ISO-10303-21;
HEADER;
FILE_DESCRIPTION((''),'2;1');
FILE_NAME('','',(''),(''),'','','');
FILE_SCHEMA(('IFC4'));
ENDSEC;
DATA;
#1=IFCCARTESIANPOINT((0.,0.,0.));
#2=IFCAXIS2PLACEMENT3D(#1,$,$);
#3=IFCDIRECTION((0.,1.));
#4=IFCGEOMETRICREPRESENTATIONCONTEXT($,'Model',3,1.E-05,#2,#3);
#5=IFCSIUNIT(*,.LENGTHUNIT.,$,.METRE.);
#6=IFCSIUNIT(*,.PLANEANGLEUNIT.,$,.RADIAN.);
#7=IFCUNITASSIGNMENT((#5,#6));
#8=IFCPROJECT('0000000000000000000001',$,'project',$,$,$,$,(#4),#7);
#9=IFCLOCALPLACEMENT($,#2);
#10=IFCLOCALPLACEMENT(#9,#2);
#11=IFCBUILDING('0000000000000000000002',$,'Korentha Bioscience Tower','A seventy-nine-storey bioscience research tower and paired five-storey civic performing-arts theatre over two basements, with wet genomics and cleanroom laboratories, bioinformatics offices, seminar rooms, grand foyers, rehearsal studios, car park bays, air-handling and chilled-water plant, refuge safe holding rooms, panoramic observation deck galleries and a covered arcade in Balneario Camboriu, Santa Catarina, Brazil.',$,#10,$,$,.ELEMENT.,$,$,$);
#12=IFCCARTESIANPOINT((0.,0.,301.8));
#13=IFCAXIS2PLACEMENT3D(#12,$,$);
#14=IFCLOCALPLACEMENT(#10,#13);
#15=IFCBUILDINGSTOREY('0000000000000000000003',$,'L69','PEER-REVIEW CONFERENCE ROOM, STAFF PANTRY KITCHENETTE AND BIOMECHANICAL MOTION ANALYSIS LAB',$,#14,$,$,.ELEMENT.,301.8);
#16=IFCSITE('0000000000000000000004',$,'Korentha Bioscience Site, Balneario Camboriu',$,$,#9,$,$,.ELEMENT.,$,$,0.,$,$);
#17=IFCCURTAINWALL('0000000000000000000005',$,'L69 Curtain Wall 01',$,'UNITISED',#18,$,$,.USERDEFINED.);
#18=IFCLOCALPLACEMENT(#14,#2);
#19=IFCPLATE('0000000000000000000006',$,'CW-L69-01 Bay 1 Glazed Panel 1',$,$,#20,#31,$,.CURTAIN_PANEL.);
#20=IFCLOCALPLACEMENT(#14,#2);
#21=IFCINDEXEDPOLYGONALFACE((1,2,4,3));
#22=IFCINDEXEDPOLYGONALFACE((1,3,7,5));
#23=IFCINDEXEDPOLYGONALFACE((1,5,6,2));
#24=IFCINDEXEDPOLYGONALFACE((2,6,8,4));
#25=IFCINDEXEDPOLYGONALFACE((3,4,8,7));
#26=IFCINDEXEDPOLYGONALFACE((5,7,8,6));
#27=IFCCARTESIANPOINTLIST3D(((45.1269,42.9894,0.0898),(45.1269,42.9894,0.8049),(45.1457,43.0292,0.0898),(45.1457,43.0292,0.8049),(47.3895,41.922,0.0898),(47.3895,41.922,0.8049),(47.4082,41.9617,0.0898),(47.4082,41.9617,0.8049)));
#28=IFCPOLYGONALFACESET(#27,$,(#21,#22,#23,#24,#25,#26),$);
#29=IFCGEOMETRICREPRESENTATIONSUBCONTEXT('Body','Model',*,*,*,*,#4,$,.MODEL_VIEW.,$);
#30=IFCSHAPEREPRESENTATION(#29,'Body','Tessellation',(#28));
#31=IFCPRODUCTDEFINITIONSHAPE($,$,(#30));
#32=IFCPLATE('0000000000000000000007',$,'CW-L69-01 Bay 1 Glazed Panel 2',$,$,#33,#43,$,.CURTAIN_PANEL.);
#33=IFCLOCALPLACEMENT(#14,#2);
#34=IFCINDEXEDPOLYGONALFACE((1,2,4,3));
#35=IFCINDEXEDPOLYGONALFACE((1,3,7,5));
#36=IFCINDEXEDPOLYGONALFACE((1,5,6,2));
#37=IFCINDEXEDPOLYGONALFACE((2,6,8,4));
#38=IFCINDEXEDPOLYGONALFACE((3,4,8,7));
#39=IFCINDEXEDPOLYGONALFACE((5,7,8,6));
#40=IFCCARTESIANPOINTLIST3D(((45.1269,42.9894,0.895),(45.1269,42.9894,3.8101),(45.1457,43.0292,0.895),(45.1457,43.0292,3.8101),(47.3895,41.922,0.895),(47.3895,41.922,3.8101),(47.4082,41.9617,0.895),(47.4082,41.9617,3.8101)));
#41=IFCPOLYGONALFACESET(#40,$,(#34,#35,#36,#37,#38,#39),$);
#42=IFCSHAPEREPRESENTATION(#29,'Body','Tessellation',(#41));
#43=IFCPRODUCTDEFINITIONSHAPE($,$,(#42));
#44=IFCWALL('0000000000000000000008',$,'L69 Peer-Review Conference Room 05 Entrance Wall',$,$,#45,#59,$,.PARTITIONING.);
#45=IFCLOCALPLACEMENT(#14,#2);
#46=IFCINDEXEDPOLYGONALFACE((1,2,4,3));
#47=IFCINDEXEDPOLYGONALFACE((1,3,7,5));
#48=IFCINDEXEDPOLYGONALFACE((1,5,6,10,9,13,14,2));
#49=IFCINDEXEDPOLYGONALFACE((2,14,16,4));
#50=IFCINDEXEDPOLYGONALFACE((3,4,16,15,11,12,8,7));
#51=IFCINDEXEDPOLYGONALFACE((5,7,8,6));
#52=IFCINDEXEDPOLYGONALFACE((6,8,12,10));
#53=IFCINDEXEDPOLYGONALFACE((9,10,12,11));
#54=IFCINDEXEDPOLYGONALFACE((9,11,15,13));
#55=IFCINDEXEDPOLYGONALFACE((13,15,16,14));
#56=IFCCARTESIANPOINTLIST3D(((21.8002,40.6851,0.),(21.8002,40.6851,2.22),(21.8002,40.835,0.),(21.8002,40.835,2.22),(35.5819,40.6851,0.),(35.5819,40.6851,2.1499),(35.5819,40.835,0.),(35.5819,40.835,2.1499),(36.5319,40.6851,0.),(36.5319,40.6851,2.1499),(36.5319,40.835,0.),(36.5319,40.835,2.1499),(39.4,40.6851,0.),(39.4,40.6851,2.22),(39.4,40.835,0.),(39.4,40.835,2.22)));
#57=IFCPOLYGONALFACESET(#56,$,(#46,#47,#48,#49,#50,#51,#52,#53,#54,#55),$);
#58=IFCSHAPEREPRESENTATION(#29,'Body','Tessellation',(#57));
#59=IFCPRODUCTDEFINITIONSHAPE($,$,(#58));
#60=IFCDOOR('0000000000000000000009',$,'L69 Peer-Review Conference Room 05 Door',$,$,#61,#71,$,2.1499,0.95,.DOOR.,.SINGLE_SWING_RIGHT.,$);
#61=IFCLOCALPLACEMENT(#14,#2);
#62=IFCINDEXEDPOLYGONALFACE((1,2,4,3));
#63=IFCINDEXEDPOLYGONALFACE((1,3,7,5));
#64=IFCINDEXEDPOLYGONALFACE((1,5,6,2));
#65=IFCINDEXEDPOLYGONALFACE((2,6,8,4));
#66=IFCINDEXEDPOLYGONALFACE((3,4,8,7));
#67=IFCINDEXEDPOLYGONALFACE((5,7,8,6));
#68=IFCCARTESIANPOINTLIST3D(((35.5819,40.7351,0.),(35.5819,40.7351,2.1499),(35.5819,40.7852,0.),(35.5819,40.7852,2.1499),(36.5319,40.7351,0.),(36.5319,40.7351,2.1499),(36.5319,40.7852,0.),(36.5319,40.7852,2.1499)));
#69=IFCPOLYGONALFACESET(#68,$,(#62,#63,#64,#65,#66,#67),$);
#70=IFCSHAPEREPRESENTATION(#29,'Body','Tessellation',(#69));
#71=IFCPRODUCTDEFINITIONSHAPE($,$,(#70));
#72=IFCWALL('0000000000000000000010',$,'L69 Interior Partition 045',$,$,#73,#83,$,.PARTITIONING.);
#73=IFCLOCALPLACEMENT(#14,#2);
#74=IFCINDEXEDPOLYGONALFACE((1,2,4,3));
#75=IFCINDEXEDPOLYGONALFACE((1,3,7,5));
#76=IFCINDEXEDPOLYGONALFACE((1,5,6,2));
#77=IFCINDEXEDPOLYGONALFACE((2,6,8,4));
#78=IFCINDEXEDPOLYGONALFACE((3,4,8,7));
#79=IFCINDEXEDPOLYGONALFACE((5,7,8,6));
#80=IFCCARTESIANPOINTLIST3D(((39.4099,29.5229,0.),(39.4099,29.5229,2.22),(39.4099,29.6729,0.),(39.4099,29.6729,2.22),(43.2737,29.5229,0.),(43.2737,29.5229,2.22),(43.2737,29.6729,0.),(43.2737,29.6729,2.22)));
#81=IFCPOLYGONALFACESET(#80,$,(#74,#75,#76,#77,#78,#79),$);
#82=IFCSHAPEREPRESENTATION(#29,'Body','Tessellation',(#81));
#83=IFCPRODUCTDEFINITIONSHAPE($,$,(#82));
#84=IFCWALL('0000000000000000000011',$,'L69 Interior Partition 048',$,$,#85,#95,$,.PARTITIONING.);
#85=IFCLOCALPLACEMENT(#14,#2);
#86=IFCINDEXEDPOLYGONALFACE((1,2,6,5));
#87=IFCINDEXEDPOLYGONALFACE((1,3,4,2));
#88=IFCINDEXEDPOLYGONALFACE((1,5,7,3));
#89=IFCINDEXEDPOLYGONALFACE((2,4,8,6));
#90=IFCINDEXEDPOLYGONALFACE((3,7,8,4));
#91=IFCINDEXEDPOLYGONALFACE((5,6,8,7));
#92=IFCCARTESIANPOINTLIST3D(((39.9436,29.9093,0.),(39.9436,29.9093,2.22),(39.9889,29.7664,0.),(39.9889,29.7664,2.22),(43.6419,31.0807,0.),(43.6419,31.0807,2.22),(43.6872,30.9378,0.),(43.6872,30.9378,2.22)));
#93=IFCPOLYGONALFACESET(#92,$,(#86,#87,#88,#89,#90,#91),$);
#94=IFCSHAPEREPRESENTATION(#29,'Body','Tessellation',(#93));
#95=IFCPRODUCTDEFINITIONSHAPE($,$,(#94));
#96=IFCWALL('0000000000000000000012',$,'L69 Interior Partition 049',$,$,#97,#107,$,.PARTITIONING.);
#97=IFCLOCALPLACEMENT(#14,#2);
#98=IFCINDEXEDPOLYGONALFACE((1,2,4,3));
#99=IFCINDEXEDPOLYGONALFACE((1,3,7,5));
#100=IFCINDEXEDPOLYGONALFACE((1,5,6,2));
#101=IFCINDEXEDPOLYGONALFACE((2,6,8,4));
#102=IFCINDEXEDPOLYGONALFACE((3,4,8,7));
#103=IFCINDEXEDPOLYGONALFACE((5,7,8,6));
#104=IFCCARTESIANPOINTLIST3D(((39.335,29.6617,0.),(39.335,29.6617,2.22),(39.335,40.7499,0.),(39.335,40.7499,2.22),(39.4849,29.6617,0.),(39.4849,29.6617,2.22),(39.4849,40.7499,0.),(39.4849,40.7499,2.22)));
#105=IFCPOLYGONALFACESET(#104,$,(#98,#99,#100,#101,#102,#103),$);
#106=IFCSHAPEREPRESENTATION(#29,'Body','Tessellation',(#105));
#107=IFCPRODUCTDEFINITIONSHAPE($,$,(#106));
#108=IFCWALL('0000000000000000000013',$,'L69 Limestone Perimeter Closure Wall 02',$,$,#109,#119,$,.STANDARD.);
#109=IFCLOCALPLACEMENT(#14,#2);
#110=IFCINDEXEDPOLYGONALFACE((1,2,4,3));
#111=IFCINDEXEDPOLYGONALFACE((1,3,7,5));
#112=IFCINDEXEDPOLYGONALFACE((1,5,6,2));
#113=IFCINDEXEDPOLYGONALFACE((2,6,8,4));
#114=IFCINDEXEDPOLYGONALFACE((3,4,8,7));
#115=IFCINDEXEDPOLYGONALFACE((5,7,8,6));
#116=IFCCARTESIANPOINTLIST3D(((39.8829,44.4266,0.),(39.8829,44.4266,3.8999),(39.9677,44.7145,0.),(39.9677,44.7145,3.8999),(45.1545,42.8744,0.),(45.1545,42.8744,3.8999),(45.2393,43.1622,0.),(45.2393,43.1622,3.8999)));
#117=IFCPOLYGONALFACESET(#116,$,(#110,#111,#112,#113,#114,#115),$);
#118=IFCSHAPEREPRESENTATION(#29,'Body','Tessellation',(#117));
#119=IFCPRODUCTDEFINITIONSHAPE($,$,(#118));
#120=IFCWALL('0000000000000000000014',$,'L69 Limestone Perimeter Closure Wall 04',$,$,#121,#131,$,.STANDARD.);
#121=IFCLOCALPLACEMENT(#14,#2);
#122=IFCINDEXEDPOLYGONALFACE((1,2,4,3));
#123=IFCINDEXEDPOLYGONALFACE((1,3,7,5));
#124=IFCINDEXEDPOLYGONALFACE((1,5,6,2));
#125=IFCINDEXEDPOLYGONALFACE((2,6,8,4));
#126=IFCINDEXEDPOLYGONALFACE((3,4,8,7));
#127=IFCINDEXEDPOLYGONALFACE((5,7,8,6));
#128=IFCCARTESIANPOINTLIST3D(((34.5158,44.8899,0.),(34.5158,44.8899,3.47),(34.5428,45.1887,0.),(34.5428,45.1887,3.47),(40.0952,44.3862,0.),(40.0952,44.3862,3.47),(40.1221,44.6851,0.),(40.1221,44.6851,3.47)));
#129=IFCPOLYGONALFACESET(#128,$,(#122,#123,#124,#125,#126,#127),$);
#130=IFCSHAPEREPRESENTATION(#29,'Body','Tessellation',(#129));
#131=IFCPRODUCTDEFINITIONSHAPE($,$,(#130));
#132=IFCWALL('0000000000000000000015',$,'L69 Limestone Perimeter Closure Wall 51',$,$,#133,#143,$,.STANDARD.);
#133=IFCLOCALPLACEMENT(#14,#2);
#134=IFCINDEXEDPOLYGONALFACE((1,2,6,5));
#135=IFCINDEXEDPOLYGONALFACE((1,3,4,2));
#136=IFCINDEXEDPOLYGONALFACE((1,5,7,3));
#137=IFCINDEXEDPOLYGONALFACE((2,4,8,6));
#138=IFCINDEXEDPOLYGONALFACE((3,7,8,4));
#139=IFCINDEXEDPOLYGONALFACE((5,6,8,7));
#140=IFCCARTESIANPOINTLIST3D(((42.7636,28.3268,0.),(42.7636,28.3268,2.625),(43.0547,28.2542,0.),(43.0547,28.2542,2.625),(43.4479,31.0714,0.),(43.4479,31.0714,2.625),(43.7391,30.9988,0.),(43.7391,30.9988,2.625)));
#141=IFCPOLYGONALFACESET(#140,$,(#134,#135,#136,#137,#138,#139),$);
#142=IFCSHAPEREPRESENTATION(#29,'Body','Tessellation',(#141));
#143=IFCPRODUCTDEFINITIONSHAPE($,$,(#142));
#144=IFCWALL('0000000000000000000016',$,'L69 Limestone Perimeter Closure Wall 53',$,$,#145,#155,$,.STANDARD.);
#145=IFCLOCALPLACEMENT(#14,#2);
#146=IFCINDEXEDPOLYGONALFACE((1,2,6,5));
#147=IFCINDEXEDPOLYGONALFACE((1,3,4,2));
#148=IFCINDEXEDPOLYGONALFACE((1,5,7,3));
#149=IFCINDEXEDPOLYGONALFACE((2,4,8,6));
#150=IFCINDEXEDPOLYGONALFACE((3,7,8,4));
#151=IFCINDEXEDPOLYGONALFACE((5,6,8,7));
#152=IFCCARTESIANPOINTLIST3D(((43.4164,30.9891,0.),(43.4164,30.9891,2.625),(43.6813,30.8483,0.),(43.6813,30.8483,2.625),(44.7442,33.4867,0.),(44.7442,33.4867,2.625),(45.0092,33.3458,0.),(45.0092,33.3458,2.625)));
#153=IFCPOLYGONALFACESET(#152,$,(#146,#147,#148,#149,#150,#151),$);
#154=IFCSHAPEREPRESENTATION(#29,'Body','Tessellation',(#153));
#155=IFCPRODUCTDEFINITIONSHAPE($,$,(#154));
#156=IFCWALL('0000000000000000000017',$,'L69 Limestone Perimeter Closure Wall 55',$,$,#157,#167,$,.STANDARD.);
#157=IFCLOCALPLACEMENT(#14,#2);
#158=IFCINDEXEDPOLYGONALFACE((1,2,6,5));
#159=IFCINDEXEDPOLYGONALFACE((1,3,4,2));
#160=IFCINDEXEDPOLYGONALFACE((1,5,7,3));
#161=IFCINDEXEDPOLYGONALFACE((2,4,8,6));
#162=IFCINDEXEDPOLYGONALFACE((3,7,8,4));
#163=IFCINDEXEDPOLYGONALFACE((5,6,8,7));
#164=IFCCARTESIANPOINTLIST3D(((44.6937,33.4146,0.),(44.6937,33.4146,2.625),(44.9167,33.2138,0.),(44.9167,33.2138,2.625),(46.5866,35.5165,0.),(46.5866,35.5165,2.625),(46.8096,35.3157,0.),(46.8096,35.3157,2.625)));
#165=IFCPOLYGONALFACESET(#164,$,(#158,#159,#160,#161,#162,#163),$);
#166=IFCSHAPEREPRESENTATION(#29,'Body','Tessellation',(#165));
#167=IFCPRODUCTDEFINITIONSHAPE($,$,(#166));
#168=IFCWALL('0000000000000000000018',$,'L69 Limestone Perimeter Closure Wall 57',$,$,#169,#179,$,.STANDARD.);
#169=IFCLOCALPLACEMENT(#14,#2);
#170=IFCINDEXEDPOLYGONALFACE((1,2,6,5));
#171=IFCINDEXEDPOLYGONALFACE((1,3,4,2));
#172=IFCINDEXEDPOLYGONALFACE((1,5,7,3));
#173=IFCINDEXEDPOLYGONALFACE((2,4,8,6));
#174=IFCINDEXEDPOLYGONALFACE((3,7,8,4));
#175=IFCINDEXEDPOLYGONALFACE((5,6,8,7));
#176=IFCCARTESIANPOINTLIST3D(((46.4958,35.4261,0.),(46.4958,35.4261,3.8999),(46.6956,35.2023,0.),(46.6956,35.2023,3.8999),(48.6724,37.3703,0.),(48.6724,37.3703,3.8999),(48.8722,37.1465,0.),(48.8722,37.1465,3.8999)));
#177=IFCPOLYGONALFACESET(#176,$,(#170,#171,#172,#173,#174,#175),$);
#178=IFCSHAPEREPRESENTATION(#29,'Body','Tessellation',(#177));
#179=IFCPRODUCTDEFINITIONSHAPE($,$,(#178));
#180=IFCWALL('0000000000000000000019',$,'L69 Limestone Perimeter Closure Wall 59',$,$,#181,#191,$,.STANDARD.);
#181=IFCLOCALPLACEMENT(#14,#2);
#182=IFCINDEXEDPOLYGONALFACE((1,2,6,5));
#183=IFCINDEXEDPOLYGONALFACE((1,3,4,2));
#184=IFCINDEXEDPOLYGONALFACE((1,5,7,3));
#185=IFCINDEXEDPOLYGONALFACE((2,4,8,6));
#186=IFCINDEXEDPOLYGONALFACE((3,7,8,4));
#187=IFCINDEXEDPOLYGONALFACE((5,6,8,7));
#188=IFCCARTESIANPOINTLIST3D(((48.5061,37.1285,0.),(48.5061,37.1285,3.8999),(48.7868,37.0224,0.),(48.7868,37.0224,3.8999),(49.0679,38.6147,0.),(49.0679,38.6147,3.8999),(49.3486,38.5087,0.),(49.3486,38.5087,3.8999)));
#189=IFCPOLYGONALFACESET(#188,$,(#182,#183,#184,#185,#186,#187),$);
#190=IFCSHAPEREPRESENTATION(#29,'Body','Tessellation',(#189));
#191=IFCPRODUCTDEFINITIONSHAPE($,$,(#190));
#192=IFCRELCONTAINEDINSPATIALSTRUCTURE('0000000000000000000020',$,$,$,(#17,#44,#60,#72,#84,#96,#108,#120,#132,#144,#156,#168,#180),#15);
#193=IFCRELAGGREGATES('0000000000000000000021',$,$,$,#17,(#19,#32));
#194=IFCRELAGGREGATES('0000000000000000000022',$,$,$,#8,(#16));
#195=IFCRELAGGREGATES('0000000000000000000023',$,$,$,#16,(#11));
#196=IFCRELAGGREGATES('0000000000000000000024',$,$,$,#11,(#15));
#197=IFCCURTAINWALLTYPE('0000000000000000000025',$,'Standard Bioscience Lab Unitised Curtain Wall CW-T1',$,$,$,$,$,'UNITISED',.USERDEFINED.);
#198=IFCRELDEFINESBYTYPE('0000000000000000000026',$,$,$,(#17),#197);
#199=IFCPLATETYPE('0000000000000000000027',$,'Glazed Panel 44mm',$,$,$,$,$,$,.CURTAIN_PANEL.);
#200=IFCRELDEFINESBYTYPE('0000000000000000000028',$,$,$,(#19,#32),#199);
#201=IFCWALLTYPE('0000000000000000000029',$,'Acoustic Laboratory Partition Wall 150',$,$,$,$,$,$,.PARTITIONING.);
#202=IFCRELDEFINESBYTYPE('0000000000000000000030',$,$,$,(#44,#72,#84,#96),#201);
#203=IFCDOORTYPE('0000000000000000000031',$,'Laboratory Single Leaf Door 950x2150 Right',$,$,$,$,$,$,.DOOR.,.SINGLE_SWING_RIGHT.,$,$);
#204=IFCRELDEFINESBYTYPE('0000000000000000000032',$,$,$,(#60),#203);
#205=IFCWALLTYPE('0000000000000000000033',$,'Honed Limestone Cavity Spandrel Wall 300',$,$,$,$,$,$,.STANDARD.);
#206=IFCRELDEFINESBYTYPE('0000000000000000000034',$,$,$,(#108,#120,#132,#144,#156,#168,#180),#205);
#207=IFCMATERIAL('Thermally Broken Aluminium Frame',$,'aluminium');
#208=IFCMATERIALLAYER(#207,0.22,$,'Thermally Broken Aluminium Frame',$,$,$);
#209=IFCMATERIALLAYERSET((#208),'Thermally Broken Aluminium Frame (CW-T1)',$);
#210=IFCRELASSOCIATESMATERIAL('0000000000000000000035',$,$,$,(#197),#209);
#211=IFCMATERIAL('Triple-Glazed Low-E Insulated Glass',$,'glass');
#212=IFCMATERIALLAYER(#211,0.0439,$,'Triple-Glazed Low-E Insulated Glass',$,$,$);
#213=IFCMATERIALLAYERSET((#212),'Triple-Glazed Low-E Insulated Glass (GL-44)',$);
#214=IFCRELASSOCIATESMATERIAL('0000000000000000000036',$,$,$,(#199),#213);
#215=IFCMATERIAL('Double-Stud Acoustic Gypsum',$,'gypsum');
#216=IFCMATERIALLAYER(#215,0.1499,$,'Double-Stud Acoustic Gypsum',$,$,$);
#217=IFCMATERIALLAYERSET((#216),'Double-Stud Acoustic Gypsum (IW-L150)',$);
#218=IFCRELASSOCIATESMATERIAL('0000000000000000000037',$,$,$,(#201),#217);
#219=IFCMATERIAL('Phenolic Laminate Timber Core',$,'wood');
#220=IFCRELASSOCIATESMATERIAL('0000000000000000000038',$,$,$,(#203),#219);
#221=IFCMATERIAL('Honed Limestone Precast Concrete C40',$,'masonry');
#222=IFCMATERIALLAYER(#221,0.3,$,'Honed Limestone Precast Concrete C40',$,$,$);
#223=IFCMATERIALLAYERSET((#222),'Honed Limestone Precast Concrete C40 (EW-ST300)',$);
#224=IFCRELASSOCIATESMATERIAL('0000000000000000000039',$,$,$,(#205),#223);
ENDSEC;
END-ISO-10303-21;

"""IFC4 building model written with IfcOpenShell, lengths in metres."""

from ifc_helpers import new_model, si_unit, direction, frame, frame_2d, origin, origin_2d, place, context, subcontext, project, spatial, rectangle, extrude, material, layer, layer_set, type_object, element, fill, aggregate, save


model = new_model("IFC4")

# Units and contexts
model_context = context("Model", 3, precision=1e-05, world=origin(), true_north=direction((0.0, 1.0)))
body_context = subcontext(model_context, "Body", "Model", "MODEL_VIEW")
ifc_project = project(units=[si_unit("LENGTHUNIT", "METRE"), si_unit("PLANEANGLEUNIT", "RADIAN")], contexts=[model_context])

# Site, building, storey
site_placement = place(None, origin())
site = spatial("IfcSite", under=ifc_project, at=site_placement, Name="Korentha Bioscience Site, Balneario Camboriu", CompositionType="ELEMENT", RefElevation=0.0)
building_placement = place(site_placement, origin())
building = spatial("IfcBuilding", under=site, at=building_placement, Name="Korentha Bioscience Tower", Description="A seventy-nine-storey bioscience research tower and paired five-storey civic performing-arts theatre over two basements, with wet genomics and cleanroom laboratories, bioinformatics offices, seminar rooms, grand foyers, rehearsal studios, car park bays, air-handling and chilled-water plant, refuge safe holding rooms, panoramic observation deck galleries and a covered arcade in Balneario Camboriu, Santa Catarina, Brazil.", CompositionType="ELEMENT")
storey_placement = place(building_placement, frame((0.0, 0.0, 301.8)))
storey = spatial("IfcBuildingStorey", under=building, at=storey_placement, Name="L69", Description="PEER-REVIEW CONFERENCE ROOM, STAFF PANTRY KITCHENETTE AND BIOMECHANICAL MOTION ANALYSIS LAB", CompositionType="ELEMENT", Elevation=301.8)

# Curtain wall
ifc_material_1 = material(Name="Thermally Broken Aluminium Frame", Category="aluminium")
ifc_layer_1 = layer(ifc_material_1, 0.22, Name="Thermally Broken Aluminium Frame")
ifc_layer_set_1 = layer_set([ifc_layer_1], Name="Thermally Broken Aluminium Frame (CW-T1)")
curtain_wall_type = type_object("IfcCurtainWallType", Name="Standard Bioscience Lab Unitised Curtain Wall CW-T1", ElementType="UNITISED", PredefinedType="USERDEFINED", material=ifc_layer_set_1)
curtain_wall_placement = place(storey_placement, origin())
curtain_wall = element("IfcCurtainWall", 1, at=curtain_wall_placement, inside=storey, type_object=curtain_wall_type, Name="L69 Curtain Wall 01", ObjectType="UNITISED", PredefinedType="USERDEFINED")

# Plates
ifc_material_2 = material(Name="Triple-Glazed Low-E Insulated Glass", Category="glass")
ifc_layer_2 = layer(ifc_material_2, 0.0439, Name="Triple-Glazed Low-E Insulated Glass")
ifc_layer_set_2 = layer_set([ifc_layer_2], Name="Triple-Glazed Low-E Insulated Glass (GL-44)")
plate_type = type_object("IfcPlateType", Name="Glazed Panel 44mm", PredefinedType="CURTAIN_PANEL", material=ifc_layer_set_2)
plate_1_placement = place(storey_placement, frame((46.2676, 42.4756, 0.0898), z_axis=(0.0, 0.0, 1.0), x_axis=(-0.904397, 0.426691, 0.0)))
plate_1 = element("IfcPlate", 2, at=plate_1_placement, type_object=plate_type, Name="CW-L69-01 Bay 1 Glazed Panel 1", PredefinedType="CURTAIN_PANEL", context=body_context, shape_type="SweptSolid", body=[
    extrude(rectangle(XDim=2.5017, YDim=0.0439, at=origin_2d()), origin(), (0.0, 0.0, 1.0), 0.7151),
])
plate_2_placement = place(storey_placement, frame((46.2676, 42.4756, 0.895), z_axis=(0.0, 0.0, 1.0), x_axis=(-0.904397, 0.426691, 0.0)))
plate_2 = element("IfcPlate", 3, at=plate_2_placement, type_object=plate_type, Name="CW-L69-01 Bay 1 Glazed Panel 2", PredefinedType="CURTAIN_PANEL", context=body_context, shape_type="SweptSolid", body=[
    extrude(rectangle(XDim=2.5017, YDim=0.0439, at=origin_2d()), origin(), (0.0, 0.0, 1.0), 2.915),
])
aggregate(curtain_wall, [plate_1, plate_2])

# Wall, opening, door
ifc_material_3 = material(Name="Double-Stud Acoustic Gypsum", Category="gypsum")
ifc_layer_3 = layer(ifc_material_3, 0.1499, Name="Double-Stud Acoustic Gypsum")
ifc_layer_set_3 = layer_set([ifc_layer_3], Name="Double-Stud Acoustic Gypsum (IW-L150)")
wall_type_1 = type_object("IfcWallType", Name="Acoustic Laboratory Partition Wall 150", PredefinedType="PARTITIONING", material=ifc_layer_set_3)
wall_1_placement = place(storey_placement, frame((39.3999, 40.76, 0.0), z_axis=(0.0, 0.0, 1.0), x_axis=(-1.0, 0.0, 0.0)))
wall_1 = element("IfcWall", 4, at=wall_1_placement, inside=storey, type_object=wall_type_1, Name="L69 Peer-Review Conference Room 05 Entrance Wall", PredefinedType="PARTITIONING", context=body_context, shape_type="SweptSolid", body=[
    extrude(rectangle(XDim=17.5999, YDim=0.1499, at=frame_2d((8.7998, 0.0))), origin(), (0.0, 0.0, 1.0), 2.22),
])
opening_placement = place(wall_1_placement, frame((2.8679, 0.0, 0.0)))
opening = element("IfcOpeningElement", 5, at=opening_placement, cuts=wall_1, PredefinedType="OPENING", context=body_context, shape_type="SweptSolid", body=[
    extrude(rectangle(XDim=0.95, YDim=2.1499, at=frame_2d((0.4751, 1.075))), frame((0.0, 0.0898, 0.0), z_axis=(0.0, -1.0, 0.0), x_axis=(1.0, 0.0, 0.0)), (0.0, 0.0, 1.0), 0.1797),
])
ifc_material_4 = material(Name="Phenolic Laminate Timber Core", Category="wood")
door_type = type_object("IfcDoorType", Name="Laboratory Single Leaf Door 950x2150 Right", OperationType="SINGLE_SWING_RIGHT", PredefinedType="DOOR", material=ifc_material_4)
door_placement = place(opening_placement, origin())
door = element("IfcDoor", 6, at=door_placement, inside=storey, type_object=door_type, Name="L69 Peer-Review Conference Room 05 Door", OperationType="SINGLE_SWING_RIGHT", OverallHeight=2.1499, OverallWidth=0.95, PredefinedType="DOOR", context=body_context, shape_type="SweptSolid", body=[
    extrude(rectangle(XDim=0.95, YDim=2.1499, at=frame_2d((0.4751, 1.075))), frame((0.0, 0.0249, 0.0), z_axis=(0.0, -1.0, 0.0), x_axis=(1.0, 0.0, 0.0)), (0.0, 0.0, 1.0), 0.05),
])
fill(opening, door)

# Walls
wall_2_placement = place(storey_placement, frame((39.4099, 29.5979, 0.0), z_axis=(0.0, 0.0, 1.0), x_axis=(1.0, 0.0, 0.0)))
element("IfcWall", 7, at=wall_2_placement, inside=storey, type_object=wall_type_1, Name="L69 Interior Partition 045", PredefinedType="PARTITIONING", context=body_context, shape_type="SweptSolid", body=[
    extrude(rectangle(XDim=3.8638, YDim=0.1499, at=frame_2d((1.9319, 0.0))), origin(), (0.0, 0.0, 1.0), 2.22),
])
wall_3_placement = place(storey_placement, frame((43.6646, 31.0093, 0.0), z_axis=(0.0, 0.0, 1.0), x_axis=(-0.953322, -0.301957, 0.0)))
element("IfcWall", 8, at=wall_3_placement, inside=storey, type_object=wall_type_1, Name="L69 Interior Partition 048", PredefinedType="PARTITIONING", context=body_context, shape_type="SweptSolid", body=[
    extrude(rectangle(XDim=3.8794, YDim=0.1499, at=frame_2d((1.9397, 0.0))), origin(), (0.0, 0.0, 1.0), 2.22),
])
wall_4_placement = place(storey_placement, frame((39.4099, 29.6619, 0.0), z_axis=(0.0, 0.0, 1.0), x_axis=(0.0, 1.0, 0.0)))
element("IfcWall", 9, at=wall_4_placement, inside=storey, type_object=wall_type_1, Name="L69 Interior Partition 049", PredefinedType="PARTITIONING", context=body_context, shape_type="SweptSolid", body=[
    extrude(rectangle(XDim=11.0881, YDim=0.1499, at=frame_2d((5.5439, 0.0))), origin(), (0.0, 0.0, 1.0), 2.22),
])
ifc_material_5 = material(Name="Honed Limestone Precast Concrete C40", Category="masonry")
ifc_layer_4 = layer(ifc_material_5, 0.3, Name="Honed Limestone Precast Concrete C40")
ifc_layer_set_4 = layer_set([ifc_layer_4], Name="Honed Limestone Precast Concrete C40 (EW-ST300)")
wall_type_2 = type_object("IfcWallType", Name="Honed Limestone Cavity Spandrel Wall 300", PredefinedType="STANDARD", material=ifc_layer_set_4)
wall_5_placement = place(storey_placement, frame((45.1968, 43.0183, 0.0), z_axis=(0.0, 0.0, 1.0), x_axis=(-0.959276, 0.282469, 0.0)))
element("IfcWall", 10, at=wall_5_placement, inside=storey, type_object=wall_type_2, Name="L69 Limestone Perimeter Closure Wall 02", PredefinedType="STANDARD", context=body_context, shape_type="SweptSolid", body=[
    extrude(rectangle(XDim=5.4954, YDim=0.3, at=frame_2d((2.7476, 0.0))), origin(), (0.0, 0.0, 1.0), 3.8999),
])
wall_6_placement = place(storey_placement, frame((40.1086, 44.5356, 0.0), z_axis=(0.0, 0.0, 1.0), x_axis=(-0.99595, 0.089907, 0.0)))
element("IfcWall", 11, at=wall_6_placement, inside=storey, type_object=wall_type_2, Name="L69 Limestone Perimeter Closure Wall 04", PredefinedType="STANDARD", context=body_context, shape_type="SweptSolid", body=[
    extrude(rectangle(XDim=5.6021, YDim=0.3, at=frame_2d((2.801, 0.0))), origin(), (0.0, 0.0, 1.0), 3.47),
])
for number, where, z_axis, x_axis, name in (
    (12, (42.9092, 28.2905, 0.0), (0.0, 0.0, 1.0), (0.241926, 0.970295, 0.0), "L69 Limestone Perimeter Closure Wall 51"),
    (13, (43.5488, 30.9187, 0.0), (0.0, 0.0, 1.0), (0.469445, 0.882961, 0.0), "L69 Limestone Perimeter Closure Wall 53"),
    (14, (44.8052, 33.3142, 0.0), (0.0, 0.0, 1.0), (0.669198, 0.743084, 0.0), "L69 Limestone Perimeter Closure Wall 55"),
):
    element("IfcWall", number, at=place(storey_placement, frame(where, z_axis=z_axis, x_axis=x_axis)), inside=storey, type_object=wall_type_2, Name=name, PredefinedType="STANDARD", context=body_context, shape_type="SweptSolid", body=[
        extrude(rectangle(XDim=2.8286, YDim=0.3, at=frame_2d((1.4143, 0.0))), origin(), (0.0, 0.0, 1.0), 2.625),
    ])
wall_7_placement = place(storey_placement, frame((46.5957, 35.3142, 0.0), z_axis=(0.0, 0.0, 1.0), x_axis=(0.745806, 0.666164, 0.0)))
element("IfcWall", 15, at=wall_7_placement, inside=storey, type_object=wall_type_2, Name="L69 Limestone Perimeter Closure Wall 57", PredefinedType="STANDARD", context=body_context, shape_type="SweptSolid", body=[
    extrude(rectangle(XDim=2.9185, YDim=0.3, at=frame_2d((1.4592, 0.0))), origin(), (0.0, 0.0, 1.0), 3.8999),
])
for number, where, z_axis, x_axis, name in (
    (16, (48.6465, 37.0754, 0.0), (0.0, 0.0, 1.0), (0.353547, 0.935417, 0.0), "L69 Limestone Perimeter Closure Wall 59"),
):
    element("IfcWall", number, at=place(storey_placement, frame(where, z_axis=z_axis, x_axis=x_axis)), inside=storey, type_object=wall_type_2, Name=name, PredefinedType="STANDARD", context=body_context, shape_type="SweptSolid", body=[
        extrude(rectangle(XDim=1.5889, YDim=0.3, at=frame_2d((0.7944, 0.0))), origin(), (0.0, 0.0, 1.0), 3.8999),
    ])

save(model, "model.ifc")
